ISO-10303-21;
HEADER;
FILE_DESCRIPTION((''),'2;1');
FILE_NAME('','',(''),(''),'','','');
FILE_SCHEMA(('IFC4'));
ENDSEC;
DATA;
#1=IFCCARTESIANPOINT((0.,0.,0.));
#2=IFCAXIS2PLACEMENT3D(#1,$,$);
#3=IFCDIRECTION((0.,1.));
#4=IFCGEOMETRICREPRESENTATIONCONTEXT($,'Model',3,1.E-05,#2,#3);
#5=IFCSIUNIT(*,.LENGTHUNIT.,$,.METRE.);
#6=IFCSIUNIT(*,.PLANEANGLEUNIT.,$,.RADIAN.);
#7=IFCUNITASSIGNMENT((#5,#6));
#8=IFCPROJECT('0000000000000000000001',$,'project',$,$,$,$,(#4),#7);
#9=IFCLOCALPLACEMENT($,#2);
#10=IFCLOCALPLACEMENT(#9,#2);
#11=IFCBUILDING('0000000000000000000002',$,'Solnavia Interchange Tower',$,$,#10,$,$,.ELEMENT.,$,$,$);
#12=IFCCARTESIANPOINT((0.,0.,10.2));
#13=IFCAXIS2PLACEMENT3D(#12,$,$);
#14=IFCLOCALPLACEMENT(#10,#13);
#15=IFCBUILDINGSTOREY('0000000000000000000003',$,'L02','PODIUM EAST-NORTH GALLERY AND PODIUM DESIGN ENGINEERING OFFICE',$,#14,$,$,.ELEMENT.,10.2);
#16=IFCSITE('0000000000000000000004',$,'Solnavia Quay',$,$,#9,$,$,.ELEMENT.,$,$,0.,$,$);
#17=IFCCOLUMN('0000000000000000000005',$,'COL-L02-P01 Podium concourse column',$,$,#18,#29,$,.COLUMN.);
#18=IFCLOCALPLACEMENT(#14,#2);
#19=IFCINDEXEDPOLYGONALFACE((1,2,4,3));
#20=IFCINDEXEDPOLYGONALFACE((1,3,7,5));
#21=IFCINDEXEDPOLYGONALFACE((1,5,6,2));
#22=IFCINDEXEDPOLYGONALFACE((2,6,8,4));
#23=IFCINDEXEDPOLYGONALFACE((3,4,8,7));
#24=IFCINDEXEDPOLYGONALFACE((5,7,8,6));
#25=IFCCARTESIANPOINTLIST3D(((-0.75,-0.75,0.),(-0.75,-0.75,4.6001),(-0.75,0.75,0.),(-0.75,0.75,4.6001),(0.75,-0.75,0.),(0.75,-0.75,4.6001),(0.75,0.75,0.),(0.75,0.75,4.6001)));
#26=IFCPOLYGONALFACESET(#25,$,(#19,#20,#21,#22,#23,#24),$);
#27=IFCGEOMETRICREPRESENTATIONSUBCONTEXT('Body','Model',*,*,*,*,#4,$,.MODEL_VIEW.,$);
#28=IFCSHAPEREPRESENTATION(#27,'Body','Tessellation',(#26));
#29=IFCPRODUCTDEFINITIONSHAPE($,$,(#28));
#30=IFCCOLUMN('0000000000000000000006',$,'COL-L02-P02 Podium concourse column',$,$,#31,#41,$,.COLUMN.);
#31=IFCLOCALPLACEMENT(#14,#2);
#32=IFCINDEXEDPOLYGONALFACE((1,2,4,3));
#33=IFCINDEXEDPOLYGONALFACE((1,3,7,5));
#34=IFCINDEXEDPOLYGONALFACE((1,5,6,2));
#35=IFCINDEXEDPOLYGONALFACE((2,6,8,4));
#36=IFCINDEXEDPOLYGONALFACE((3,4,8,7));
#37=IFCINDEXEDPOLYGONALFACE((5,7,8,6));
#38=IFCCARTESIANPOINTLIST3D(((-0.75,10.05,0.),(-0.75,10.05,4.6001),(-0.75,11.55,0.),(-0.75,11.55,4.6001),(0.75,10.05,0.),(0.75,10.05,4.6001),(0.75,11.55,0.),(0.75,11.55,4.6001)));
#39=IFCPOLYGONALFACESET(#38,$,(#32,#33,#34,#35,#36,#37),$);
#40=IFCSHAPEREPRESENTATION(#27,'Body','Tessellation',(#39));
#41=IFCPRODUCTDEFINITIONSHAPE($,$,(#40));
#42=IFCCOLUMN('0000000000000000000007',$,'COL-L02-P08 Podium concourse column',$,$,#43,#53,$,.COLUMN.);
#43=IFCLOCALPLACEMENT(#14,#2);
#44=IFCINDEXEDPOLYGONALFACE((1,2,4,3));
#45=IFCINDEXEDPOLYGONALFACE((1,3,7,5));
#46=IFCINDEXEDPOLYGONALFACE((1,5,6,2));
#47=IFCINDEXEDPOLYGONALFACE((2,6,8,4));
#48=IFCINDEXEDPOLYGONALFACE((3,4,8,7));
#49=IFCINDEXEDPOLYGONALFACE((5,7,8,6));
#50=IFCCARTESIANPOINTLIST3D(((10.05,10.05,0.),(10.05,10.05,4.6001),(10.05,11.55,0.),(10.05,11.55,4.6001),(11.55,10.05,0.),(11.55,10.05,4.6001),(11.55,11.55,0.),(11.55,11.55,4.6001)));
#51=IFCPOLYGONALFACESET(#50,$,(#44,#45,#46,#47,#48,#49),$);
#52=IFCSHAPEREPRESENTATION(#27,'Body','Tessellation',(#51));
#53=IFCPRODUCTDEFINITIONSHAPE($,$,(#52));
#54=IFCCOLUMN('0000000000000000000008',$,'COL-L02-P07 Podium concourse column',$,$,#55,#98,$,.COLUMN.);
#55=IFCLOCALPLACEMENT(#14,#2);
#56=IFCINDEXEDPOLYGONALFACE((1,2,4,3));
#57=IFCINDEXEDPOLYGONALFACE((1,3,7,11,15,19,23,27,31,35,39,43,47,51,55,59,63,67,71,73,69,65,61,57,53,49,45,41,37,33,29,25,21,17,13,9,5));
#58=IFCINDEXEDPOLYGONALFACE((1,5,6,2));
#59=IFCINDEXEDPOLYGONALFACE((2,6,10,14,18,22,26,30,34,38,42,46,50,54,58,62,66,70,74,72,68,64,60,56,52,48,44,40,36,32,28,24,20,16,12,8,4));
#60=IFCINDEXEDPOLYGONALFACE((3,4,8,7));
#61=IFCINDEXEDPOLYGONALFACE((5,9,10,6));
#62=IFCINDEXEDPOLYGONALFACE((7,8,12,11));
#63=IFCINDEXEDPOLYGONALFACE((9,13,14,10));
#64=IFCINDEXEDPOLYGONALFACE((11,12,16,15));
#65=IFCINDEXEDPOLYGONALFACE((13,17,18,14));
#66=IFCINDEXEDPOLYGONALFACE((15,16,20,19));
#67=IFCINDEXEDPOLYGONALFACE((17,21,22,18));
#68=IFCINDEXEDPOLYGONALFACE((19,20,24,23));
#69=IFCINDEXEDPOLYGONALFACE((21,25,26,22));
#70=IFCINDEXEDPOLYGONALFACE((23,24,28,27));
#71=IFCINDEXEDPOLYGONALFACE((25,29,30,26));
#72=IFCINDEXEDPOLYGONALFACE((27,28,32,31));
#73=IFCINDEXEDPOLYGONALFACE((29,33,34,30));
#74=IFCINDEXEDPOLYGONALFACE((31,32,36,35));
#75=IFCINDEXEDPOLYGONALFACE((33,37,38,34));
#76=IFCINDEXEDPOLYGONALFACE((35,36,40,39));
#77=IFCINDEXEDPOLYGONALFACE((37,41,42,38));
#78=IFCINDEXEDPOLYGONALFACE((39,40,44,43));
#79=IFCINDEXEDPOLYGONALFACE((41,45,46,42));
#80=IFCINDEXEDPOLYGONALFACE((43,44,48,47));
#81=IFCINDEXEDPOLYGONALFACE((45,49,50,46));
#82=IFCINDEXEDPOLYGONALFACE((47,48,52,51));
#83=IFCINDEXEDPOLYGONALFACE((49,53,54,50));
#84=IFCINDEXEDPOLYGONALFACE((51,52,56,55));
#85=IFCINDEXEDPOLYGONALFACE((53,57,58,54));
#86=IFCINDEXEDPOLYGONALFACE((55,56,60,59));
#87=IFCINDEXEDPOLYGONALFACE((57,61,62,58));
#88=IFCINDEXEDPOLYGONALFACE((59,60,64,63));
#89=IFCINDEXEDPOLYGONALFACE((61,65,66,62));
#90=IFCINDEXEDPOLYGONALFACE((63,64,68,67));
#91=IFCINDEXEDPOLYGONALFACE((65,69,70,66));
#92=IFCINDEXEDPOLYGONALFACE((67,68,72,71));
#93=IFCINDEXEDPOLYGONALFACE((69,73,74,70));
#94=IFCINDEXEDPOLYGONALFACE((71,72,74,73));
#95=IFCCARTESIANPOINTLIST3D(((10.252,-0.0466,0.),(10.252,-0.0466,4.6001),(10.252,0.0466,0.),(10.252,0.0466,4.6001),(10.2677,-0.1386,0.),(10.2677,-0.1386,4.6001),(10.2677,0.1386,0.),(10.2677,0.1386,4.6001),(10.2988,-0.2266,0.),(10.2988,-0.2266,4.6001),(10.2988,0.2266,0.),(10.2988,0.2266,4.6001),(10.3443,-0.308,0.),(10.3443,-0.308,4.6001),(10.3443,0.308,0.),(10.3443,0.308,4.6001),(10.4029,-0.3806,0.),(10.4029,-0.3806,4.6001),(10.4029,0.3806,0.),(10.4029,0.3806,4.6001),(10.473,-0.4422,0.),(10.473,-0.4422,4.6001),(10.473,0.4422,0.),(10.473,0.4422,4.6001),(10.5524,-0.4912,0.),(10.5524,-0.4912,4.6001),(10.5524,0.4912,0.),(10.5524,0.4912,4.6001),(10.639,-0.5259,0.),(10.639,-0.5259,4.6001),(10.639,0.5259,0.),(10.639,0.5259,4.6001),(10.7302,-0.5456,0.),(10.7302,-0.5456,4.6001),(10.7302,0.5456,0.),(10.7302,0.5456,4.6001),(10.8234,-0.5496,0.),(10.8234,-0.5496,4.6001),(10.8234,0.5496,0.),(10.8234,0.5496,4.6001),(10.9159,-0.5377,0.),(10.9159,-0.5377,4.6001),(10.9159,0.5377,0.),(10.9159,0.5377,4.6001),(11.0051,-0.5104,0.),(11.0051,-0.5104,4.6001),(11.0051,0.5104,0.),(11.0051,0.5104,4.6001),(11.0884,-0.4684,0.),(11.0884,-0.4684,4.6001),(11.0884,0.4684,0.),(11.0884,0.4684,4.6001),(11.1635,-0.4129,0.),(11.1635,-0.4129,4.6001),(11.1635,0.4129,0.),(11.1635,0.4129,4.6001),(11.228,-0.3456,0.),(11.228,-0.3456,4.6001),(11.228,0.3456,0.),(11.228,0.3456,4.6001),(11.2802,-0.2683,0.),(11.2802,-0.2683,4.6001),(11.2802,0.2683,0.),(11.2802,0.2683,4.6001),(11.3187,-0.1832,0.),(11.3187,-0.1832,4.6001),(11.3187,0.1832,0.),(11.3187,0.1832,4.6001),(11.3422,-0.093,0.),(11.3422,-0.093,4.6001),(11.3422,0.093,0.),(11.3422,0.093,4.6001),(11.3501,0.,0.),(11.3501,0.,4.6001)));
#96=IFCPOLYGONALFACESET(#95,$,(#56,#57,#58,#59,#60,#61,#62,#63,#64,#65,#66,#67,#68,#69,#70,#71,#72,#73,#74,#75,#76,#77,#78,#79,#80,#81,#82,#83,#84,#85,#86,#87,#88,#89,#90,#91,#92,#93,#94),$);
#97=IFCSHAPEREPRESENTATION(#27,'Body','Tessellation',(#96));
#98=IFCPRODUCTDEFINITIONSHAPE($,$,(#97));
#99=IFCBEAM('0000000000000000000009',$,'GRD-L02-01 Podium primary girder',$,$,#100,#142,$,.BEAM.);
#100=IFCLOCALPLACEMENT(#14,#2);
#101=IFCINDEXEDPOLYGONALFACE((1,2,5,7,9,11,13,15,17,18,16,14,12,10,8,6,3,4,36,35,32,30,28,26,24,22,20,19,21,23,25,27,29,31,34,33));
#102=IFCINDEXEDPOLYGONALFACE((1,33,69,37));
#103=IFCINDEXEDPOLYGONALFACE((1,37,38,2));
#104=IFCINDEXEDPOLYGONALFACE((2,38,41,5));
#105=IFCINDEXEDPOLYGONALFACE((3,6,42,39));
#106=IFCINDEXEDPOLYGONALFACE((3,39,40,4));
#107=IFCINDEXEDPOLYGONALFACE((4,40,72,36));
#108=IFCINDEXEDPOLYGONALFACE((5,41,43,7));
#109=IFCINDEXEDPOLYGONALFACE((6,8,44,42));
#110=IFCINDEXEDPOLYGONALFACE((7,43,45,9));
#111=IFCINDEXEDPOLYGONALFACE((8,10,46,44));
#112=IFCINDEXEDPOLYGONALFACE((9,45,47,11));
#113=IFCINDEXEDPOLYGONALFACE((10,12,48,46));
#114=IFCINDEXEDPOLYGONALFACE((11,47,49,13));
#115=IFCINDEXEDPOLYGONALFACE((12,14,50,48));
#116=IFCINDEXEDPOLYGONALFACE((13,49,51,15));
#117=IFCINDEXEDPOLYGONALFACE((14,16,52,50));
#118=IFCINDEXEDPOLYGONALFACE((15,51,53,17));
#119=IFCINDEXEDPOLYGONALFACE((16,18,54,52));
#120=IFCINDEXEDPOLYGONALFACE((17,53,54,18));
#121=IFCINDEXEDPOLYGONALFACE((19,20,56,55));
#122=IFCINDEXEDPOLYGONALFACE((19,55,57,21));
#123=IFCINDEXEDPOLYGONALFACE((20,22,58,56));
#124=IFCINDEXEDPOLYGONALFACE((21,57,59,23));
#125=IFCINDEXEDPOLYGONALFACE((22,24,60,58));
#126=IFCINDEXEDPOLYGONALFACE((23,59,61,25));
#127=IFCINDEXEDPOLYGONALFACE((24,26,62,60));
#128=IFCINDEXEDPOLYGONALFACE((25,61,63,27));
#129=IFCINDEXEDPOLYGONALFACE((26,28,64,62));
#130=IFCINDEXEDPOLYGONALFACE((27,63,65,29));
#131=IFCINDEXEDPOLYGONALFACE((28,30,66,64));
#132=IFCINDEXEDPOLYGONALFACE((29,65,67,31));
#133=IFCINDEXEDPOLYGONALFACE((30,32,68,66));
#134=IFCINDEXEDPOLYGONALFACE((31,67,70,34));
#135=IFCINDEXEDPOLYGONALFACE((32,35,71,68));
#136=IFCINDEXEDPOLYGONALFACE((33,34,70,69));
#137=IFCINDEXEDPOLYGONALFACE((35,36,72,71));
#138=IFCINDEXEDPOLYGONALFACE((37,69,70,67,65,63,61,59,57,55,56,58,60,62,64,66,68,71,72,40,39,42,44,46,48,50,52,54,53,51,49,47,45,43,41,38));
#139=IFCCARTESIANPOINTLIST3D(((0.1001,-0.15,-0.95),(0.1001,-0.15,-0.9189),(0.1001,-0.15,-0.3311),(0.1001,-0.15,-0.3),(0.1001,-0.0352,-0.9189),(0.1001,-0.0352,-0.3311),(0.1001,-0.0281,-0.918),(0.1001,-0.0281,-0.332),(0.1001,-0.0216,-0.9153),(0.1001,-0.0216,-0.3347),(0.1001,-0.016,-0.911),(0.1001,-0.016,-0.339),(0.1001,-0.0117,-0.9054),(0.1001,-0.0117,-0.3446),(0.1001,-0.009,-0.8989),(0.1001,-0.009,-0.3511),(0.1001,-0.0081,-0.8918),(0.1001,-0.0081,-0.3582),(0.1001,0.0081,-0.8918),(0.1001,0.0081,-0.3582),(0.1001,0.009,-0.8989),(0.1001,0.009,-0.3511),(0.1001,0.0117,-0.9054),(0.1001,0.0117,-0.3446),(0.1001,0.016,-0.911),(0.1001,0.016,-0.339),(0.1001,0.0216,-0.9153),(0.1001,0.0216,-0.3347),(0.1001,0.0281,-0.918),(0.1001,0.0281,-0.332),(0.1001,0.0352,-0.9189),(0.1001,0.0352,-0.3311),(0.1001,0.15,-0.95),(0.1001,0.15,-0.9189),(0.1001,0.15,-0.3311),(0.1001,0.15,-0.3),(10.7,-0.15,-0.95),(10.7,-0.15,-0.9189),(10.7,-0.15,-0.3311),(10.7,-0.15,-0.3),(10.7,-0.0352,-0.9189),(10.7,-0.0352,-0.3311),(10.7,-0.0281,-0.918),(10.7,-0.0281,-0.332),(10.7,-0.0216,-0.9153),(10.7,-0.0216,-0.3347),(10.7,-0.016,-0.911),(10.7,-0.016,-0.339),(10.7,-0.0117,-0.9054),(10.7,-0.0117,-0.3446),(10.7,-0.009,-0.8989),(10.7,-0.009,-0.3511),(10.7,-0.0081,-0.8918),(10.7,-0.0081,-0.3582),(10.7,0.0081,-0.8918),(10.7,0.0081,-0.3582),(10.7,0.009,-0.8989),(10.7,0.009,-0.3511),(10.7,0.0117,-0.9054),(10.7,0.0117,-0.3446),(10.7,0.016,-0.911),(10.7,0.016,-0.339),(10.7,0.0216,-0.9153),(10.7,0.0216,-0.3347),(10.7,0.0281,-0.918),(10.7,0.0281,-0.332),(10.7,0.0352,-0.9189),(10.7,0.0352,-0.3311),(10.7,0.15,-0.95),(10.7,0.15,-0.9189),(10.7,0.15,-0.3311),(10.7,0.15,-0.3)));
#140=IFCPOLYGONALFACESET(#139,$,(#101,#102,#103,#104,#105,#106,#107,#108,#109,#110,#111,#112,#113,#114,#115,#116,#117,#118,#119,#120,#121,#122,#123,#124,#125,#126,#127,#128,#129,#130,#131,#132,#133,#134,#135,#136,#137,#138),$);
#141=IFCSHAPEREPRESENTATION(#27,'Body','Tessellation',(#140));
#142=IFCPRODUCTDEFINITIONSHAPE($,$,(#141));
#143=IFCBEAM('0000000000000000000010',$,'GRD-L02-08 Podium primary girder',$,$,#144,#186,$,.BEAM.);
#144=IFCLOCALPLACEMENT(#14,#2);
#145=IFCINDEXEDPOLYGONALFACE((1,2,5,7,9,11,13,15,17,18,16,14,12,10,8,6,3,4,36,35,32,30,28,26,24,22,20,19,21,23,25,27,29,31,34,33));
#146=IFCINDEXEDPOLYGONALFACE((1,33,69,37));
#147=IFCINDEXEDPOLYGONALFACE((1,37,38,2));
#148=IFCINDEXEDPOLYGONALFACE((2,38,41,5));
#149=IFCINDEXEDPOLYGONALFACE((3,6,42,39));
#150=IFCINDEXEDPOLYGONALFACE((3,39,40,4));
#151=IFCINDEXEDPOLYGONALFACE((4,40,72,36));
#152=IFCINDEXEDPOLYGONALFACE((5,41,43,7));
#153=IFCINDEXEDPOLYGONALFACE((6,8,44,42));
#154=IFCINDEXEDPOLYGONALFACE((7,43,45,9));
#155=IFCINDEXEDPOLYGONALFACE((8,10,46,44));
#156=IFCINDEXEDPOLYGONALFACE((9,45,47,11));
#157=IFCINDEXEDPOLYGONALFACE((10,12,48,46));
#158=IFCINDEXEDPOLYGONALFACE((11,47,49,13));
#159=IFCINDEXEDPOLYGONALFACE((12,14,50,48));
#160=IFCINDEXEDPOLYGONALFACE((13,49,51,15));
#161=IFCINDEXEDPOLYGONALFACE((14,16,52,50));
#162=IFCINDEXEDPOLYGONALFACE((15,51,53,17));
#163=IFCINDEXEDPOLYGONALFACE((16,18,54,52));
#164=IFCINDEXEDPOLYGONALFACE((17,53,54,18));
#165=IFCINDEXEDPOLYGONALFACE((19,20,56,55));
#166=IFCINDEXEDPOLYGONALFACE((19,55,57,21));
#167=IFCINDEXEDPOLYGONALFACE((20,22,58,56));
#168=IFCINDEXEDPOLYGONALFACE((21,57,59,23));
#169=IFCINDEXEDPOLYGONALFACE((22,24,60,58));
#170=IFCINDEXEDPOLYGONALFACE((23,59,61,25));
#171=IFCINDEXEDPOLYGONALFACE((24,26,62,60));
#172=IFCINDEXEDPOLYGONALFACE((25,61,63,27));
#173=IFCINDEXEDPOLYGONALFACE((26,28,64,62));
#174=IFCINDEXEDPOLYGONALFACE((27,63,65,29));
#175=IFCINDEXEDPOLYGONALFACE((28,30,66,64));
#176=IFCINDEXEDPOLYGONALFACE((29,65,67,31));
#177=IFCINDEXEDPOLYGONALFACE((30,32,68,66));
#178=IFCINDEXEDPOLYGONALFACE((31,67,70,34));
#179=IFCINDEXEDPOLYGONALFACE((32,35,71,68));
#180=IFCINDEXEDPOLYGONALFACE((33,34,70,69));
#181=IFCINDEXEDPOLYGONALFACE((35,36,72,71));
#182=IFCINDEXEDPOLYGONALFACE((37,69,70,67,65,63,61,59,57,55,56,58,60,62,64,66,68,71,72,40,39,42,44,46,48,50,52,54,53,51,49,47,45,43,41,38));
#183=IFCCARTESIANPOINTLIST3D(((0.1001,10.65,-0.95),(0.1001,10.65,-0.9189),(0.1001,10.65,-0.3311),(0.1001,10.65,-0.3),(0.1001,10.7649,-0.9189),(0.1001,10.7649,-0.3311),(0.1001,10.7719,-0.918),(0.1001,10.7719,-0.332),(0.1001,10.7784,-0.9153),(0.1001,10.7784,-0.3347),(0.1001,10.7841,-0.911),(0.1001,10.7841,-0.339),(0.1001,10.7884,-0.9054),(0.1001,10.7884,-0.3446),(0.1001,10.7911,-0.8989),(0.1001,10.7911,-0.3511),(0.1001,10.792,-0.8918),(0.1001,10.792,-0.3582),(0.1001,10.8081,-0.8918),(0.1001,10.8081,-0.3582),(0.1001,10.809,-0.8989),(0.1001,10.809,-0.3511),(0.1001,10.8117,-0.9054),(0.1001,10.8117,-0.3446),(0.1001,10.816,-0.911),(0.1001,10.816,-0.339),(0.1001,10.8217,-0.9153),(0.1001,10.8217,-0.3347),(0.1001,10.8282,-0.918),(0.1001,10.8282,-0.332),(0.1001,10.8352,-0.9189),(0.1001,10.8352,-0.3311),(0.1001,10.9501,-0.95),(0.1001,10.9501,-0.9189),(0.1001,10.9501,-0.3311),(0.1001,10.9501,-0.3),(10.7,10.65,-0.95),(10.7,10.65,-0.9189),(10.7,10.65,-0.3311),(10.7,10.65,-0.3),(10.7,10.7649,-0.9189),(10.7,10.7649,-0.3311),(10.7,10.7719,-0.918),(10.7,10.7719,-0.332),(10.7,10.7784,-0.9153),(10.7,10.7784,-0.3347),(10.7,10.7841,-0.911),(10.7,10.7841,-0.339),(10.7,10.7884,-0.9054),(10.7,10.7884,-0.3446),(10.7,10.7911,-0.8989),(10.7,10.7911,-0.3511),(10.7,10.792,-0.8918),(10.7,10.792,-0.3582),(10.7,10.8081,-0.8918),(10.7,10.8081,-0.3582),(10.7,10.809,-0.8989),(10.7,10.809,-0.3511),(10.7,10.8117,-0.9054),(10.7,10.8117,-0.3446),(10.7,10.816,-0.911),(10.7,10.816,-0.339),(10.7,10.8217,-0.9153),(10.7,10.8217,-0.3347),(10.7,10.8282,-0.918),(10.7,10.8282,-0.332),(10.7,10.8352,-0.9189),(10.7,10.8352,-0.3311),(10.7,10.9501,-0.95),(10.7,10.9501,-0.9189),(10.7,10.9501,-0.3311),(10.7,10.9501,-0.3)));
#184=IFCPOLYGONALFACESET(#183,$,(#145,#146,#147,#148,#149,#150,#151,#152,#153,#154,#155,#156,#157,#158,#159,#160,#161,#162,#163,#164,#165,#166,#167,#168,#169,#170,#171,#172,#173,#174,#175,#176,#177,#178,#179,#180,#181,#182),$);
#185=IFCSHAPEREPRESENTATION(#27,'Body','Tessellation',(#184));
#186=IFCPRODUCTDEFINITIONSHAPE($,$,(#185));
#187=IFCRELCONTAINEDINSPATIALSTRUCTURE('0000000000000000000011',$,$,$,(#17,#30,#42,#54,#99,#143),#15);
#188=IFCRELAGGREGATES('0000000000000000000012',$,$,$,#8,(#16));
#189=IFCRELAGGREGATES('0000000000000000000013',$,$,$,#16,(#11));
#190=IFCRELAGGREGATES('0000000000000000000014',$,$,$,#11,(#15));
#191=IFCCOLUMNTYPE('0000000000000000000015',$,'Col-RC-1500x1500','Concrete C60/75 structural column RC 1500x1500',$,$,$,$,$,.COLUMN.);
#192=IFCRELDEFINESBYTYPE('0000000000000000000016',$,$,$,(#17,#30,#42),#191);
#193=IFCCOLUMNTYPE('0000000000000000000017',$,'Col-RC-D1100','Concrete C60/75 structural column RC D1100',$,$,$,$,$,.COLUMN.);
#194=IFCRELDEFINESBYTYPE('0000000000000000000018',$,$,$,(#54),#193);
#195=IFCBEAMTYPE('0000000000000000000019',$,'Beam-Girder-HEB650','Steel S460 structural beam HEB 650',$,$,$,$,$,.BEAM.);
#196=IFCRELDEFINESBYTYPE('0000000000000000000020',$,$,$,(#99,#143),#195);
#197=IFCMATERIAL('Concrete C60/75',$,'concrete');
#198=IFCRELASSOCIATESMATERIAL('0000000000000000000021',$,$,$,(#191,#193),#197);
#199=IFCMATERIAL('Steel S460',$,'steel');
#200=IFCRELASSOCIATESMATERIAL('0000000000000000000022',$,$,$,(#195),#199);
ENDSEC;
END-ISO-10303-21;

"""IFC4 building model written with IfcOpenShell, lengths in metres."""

from ifc_helpers import new_model, si_unit, direction, frame, origin, origin_2d, place, context, subcontext, project, spatial, rectangle, circle, i_section, extrude, material, material_profile, profile_set, type_object, element, save


model = new_model("IFC4")

# Units and contexts
model_context = context("Model", 3, precision=1e-05, world=origin(), true_north=direction((0.0, 1.0)))
body_context = subcontext(model_context, "Body", "Model", "MODEL_VIEW")
ifc_project = project(units=[si_unit("LENGTHUNIT", "METRE"), si_unit("PLANEANGLEUNIT", "RADIAN")], contexts=[model_context])

# Site, building, storey
site_placement = place(None, origin())
site = spatial("IfcSite", under=ifc_project, at=site_placement, Name="Solnavia Quay", CompositionType="ELEMENT", RefElevation=0.0)
building_placement = place(site_placement, origin())
building = spatial("IfcBuilding", under=site, at=building_placement, Name="Solnavia Interchange Tower", CompositionType="ELEMENT")
storey_placement = place(building_placement, frame((0.0, 0.0, 10.2)))
storey = spatial("IfcBuildingStorey", under=building, at=storey_placement, Name="L02", Description="PODIUM EAST-NORTH GALLERY AND PODIUM DESIGN ENGINEERING OFFICE", CompositionType="ELEMENT", Elevation=10.2)

# Columns
ifc_material_1 = material(Name="Concrete C60/75", Category="concrete")
ifc_material_profile_1 = material_profile(ifc_material_1, rectangle(XDim=1.5, YDim=1.5, at=origin_2d()), Name="RC 1500x1500")
ifc_profile_set_1 = profile_set([ifc_material_profile_1], Name="Concrete C60/75")
column_type_1 = type_object("IfcColumnType", Name="Col-RC-1500x1500", Description="Concrete C60/75 structural column RC 1500x1500", PredefinedType="COLUMN", material=ifc_profile_set_1)
for number, where, z_axis, x_axis, name in (
    (1, (0.0, 0.0, 0.0), (0.0, 0.0, 1.0), (1.0, 0.0, 0.0), "COL-L02-P01 Podium concourse column"),
    (2, (0.0, 10.8, 0.0), (0.0, 0.0, 1.0), (1.0, 0.0, 0.0), "COL-L02-P02 Podium concourse column"),
    (3, (10.8, 10.8, 0.0), (0.0, 0.0, 1.0), (1.0, 0.0, 0.0), "COL-L02-P08 Podium concourse column"),
):
    element("IfcColumn", number, at=place(storey_placement, frame(where, z_axis=z_axis, x_axis=x_axis)), inside=storey, type_object=column_type_1, Name=name, PredefinedType="COLUMN", context=body_context, shape_type="SweptSolid", body=[
        extrude(rectangle(XDim=1.5, YDim=1.5, at=origin_2d()), origin(), (0.0, 0.0, 1.0), 4.6001),
    ])
ifc_material_profile_2 = material_profile(ifc_material_1, circle(Radius=0.55, at=origin_2d()), Name="RC D1100")
ifc_profile_set_2 = profile_set([ifc_material_profile_2], Name="Concrete C60/75")
column_type_2 = type_object("IfcColumnType", Name="Col-RC-D1100", Description="Concrete C60/75 structural column RC D1100", PredefinedType="COLUMN", material=ifc_profile_set_2)
column_placement = place(storey_placement, frame((10.8, 0.0, 0.0), z_axis=(0.0, 0.0, 1.0), x_axis=(1.0, 0.0, 0.0)))
element("IfcColumn", 4, at=column_placement, inside=storey, type_object=column_type_2, Name="COL-L02-P07 Podium concourse column", PredefinedType="COLUMN", context=body_context, shape_type="SweptSolid", body=[
    extrude(circle(Radius=0.55, at=origin_2d()), origin(), (0.0, 0.0, 1.0), 4.6001),
])

# Beams
ifc_material_2 = material(Name="Steel S460", Category="steel")
ifc_material_profile_3 = material_profile(ifc_material_2, i_section(OverallWidth=0.3, OverallDepth=0.6499, WebThickness=0.0161, FlangeThickness=0.031, FilletRadius=0.0271, at=origin_2d()), Name="HEB 650")
ifc_profile_set_3 = profile_set([ifc_material_profile_3], Name="Steel S460")
beam_type_1 = type_object("IfcBeamType", Name="Beam-Girder-HEB650", Description="Steel S460 structural beam HEB 650", PredefinedType="BEAM", material=ifc_profile_set_3)
for number, where, z_axis, x_axis, name in (
    (5, (0.1001, 0.0, -0.625), (1.0, 0.0, 0.0), (0.0, 1.0, 0.0), "GRD-L02-01 Podium primary girder"),
    (6, (0.1001, 10.8, -0.625), (1.0, 0.0, 0.0), (0.0, 1.0, 0.0), "GRD-L02-08 Podium primary girder"),
):
    element("IfcBeam", number, at=place(storey_placement, frame(where, z_axis=z_axis, x_axis=x_axis)), inside=storey, type_object=beam_type_1, Name=name, PredefinedType="BEAM", context=body_context, shape_type="SweptSolid", body=[
        extrude(i_section(OverallWidth=0.3, OverallDepth=0.6499, WebThickness=0.0161, FlangeThickness=0.031, FilletRadius=0.0271, at=origin_2d()), origin(), (0.0, 0.0, 1.0), 10.5999),
    ])

save(model, "model.ifc")
